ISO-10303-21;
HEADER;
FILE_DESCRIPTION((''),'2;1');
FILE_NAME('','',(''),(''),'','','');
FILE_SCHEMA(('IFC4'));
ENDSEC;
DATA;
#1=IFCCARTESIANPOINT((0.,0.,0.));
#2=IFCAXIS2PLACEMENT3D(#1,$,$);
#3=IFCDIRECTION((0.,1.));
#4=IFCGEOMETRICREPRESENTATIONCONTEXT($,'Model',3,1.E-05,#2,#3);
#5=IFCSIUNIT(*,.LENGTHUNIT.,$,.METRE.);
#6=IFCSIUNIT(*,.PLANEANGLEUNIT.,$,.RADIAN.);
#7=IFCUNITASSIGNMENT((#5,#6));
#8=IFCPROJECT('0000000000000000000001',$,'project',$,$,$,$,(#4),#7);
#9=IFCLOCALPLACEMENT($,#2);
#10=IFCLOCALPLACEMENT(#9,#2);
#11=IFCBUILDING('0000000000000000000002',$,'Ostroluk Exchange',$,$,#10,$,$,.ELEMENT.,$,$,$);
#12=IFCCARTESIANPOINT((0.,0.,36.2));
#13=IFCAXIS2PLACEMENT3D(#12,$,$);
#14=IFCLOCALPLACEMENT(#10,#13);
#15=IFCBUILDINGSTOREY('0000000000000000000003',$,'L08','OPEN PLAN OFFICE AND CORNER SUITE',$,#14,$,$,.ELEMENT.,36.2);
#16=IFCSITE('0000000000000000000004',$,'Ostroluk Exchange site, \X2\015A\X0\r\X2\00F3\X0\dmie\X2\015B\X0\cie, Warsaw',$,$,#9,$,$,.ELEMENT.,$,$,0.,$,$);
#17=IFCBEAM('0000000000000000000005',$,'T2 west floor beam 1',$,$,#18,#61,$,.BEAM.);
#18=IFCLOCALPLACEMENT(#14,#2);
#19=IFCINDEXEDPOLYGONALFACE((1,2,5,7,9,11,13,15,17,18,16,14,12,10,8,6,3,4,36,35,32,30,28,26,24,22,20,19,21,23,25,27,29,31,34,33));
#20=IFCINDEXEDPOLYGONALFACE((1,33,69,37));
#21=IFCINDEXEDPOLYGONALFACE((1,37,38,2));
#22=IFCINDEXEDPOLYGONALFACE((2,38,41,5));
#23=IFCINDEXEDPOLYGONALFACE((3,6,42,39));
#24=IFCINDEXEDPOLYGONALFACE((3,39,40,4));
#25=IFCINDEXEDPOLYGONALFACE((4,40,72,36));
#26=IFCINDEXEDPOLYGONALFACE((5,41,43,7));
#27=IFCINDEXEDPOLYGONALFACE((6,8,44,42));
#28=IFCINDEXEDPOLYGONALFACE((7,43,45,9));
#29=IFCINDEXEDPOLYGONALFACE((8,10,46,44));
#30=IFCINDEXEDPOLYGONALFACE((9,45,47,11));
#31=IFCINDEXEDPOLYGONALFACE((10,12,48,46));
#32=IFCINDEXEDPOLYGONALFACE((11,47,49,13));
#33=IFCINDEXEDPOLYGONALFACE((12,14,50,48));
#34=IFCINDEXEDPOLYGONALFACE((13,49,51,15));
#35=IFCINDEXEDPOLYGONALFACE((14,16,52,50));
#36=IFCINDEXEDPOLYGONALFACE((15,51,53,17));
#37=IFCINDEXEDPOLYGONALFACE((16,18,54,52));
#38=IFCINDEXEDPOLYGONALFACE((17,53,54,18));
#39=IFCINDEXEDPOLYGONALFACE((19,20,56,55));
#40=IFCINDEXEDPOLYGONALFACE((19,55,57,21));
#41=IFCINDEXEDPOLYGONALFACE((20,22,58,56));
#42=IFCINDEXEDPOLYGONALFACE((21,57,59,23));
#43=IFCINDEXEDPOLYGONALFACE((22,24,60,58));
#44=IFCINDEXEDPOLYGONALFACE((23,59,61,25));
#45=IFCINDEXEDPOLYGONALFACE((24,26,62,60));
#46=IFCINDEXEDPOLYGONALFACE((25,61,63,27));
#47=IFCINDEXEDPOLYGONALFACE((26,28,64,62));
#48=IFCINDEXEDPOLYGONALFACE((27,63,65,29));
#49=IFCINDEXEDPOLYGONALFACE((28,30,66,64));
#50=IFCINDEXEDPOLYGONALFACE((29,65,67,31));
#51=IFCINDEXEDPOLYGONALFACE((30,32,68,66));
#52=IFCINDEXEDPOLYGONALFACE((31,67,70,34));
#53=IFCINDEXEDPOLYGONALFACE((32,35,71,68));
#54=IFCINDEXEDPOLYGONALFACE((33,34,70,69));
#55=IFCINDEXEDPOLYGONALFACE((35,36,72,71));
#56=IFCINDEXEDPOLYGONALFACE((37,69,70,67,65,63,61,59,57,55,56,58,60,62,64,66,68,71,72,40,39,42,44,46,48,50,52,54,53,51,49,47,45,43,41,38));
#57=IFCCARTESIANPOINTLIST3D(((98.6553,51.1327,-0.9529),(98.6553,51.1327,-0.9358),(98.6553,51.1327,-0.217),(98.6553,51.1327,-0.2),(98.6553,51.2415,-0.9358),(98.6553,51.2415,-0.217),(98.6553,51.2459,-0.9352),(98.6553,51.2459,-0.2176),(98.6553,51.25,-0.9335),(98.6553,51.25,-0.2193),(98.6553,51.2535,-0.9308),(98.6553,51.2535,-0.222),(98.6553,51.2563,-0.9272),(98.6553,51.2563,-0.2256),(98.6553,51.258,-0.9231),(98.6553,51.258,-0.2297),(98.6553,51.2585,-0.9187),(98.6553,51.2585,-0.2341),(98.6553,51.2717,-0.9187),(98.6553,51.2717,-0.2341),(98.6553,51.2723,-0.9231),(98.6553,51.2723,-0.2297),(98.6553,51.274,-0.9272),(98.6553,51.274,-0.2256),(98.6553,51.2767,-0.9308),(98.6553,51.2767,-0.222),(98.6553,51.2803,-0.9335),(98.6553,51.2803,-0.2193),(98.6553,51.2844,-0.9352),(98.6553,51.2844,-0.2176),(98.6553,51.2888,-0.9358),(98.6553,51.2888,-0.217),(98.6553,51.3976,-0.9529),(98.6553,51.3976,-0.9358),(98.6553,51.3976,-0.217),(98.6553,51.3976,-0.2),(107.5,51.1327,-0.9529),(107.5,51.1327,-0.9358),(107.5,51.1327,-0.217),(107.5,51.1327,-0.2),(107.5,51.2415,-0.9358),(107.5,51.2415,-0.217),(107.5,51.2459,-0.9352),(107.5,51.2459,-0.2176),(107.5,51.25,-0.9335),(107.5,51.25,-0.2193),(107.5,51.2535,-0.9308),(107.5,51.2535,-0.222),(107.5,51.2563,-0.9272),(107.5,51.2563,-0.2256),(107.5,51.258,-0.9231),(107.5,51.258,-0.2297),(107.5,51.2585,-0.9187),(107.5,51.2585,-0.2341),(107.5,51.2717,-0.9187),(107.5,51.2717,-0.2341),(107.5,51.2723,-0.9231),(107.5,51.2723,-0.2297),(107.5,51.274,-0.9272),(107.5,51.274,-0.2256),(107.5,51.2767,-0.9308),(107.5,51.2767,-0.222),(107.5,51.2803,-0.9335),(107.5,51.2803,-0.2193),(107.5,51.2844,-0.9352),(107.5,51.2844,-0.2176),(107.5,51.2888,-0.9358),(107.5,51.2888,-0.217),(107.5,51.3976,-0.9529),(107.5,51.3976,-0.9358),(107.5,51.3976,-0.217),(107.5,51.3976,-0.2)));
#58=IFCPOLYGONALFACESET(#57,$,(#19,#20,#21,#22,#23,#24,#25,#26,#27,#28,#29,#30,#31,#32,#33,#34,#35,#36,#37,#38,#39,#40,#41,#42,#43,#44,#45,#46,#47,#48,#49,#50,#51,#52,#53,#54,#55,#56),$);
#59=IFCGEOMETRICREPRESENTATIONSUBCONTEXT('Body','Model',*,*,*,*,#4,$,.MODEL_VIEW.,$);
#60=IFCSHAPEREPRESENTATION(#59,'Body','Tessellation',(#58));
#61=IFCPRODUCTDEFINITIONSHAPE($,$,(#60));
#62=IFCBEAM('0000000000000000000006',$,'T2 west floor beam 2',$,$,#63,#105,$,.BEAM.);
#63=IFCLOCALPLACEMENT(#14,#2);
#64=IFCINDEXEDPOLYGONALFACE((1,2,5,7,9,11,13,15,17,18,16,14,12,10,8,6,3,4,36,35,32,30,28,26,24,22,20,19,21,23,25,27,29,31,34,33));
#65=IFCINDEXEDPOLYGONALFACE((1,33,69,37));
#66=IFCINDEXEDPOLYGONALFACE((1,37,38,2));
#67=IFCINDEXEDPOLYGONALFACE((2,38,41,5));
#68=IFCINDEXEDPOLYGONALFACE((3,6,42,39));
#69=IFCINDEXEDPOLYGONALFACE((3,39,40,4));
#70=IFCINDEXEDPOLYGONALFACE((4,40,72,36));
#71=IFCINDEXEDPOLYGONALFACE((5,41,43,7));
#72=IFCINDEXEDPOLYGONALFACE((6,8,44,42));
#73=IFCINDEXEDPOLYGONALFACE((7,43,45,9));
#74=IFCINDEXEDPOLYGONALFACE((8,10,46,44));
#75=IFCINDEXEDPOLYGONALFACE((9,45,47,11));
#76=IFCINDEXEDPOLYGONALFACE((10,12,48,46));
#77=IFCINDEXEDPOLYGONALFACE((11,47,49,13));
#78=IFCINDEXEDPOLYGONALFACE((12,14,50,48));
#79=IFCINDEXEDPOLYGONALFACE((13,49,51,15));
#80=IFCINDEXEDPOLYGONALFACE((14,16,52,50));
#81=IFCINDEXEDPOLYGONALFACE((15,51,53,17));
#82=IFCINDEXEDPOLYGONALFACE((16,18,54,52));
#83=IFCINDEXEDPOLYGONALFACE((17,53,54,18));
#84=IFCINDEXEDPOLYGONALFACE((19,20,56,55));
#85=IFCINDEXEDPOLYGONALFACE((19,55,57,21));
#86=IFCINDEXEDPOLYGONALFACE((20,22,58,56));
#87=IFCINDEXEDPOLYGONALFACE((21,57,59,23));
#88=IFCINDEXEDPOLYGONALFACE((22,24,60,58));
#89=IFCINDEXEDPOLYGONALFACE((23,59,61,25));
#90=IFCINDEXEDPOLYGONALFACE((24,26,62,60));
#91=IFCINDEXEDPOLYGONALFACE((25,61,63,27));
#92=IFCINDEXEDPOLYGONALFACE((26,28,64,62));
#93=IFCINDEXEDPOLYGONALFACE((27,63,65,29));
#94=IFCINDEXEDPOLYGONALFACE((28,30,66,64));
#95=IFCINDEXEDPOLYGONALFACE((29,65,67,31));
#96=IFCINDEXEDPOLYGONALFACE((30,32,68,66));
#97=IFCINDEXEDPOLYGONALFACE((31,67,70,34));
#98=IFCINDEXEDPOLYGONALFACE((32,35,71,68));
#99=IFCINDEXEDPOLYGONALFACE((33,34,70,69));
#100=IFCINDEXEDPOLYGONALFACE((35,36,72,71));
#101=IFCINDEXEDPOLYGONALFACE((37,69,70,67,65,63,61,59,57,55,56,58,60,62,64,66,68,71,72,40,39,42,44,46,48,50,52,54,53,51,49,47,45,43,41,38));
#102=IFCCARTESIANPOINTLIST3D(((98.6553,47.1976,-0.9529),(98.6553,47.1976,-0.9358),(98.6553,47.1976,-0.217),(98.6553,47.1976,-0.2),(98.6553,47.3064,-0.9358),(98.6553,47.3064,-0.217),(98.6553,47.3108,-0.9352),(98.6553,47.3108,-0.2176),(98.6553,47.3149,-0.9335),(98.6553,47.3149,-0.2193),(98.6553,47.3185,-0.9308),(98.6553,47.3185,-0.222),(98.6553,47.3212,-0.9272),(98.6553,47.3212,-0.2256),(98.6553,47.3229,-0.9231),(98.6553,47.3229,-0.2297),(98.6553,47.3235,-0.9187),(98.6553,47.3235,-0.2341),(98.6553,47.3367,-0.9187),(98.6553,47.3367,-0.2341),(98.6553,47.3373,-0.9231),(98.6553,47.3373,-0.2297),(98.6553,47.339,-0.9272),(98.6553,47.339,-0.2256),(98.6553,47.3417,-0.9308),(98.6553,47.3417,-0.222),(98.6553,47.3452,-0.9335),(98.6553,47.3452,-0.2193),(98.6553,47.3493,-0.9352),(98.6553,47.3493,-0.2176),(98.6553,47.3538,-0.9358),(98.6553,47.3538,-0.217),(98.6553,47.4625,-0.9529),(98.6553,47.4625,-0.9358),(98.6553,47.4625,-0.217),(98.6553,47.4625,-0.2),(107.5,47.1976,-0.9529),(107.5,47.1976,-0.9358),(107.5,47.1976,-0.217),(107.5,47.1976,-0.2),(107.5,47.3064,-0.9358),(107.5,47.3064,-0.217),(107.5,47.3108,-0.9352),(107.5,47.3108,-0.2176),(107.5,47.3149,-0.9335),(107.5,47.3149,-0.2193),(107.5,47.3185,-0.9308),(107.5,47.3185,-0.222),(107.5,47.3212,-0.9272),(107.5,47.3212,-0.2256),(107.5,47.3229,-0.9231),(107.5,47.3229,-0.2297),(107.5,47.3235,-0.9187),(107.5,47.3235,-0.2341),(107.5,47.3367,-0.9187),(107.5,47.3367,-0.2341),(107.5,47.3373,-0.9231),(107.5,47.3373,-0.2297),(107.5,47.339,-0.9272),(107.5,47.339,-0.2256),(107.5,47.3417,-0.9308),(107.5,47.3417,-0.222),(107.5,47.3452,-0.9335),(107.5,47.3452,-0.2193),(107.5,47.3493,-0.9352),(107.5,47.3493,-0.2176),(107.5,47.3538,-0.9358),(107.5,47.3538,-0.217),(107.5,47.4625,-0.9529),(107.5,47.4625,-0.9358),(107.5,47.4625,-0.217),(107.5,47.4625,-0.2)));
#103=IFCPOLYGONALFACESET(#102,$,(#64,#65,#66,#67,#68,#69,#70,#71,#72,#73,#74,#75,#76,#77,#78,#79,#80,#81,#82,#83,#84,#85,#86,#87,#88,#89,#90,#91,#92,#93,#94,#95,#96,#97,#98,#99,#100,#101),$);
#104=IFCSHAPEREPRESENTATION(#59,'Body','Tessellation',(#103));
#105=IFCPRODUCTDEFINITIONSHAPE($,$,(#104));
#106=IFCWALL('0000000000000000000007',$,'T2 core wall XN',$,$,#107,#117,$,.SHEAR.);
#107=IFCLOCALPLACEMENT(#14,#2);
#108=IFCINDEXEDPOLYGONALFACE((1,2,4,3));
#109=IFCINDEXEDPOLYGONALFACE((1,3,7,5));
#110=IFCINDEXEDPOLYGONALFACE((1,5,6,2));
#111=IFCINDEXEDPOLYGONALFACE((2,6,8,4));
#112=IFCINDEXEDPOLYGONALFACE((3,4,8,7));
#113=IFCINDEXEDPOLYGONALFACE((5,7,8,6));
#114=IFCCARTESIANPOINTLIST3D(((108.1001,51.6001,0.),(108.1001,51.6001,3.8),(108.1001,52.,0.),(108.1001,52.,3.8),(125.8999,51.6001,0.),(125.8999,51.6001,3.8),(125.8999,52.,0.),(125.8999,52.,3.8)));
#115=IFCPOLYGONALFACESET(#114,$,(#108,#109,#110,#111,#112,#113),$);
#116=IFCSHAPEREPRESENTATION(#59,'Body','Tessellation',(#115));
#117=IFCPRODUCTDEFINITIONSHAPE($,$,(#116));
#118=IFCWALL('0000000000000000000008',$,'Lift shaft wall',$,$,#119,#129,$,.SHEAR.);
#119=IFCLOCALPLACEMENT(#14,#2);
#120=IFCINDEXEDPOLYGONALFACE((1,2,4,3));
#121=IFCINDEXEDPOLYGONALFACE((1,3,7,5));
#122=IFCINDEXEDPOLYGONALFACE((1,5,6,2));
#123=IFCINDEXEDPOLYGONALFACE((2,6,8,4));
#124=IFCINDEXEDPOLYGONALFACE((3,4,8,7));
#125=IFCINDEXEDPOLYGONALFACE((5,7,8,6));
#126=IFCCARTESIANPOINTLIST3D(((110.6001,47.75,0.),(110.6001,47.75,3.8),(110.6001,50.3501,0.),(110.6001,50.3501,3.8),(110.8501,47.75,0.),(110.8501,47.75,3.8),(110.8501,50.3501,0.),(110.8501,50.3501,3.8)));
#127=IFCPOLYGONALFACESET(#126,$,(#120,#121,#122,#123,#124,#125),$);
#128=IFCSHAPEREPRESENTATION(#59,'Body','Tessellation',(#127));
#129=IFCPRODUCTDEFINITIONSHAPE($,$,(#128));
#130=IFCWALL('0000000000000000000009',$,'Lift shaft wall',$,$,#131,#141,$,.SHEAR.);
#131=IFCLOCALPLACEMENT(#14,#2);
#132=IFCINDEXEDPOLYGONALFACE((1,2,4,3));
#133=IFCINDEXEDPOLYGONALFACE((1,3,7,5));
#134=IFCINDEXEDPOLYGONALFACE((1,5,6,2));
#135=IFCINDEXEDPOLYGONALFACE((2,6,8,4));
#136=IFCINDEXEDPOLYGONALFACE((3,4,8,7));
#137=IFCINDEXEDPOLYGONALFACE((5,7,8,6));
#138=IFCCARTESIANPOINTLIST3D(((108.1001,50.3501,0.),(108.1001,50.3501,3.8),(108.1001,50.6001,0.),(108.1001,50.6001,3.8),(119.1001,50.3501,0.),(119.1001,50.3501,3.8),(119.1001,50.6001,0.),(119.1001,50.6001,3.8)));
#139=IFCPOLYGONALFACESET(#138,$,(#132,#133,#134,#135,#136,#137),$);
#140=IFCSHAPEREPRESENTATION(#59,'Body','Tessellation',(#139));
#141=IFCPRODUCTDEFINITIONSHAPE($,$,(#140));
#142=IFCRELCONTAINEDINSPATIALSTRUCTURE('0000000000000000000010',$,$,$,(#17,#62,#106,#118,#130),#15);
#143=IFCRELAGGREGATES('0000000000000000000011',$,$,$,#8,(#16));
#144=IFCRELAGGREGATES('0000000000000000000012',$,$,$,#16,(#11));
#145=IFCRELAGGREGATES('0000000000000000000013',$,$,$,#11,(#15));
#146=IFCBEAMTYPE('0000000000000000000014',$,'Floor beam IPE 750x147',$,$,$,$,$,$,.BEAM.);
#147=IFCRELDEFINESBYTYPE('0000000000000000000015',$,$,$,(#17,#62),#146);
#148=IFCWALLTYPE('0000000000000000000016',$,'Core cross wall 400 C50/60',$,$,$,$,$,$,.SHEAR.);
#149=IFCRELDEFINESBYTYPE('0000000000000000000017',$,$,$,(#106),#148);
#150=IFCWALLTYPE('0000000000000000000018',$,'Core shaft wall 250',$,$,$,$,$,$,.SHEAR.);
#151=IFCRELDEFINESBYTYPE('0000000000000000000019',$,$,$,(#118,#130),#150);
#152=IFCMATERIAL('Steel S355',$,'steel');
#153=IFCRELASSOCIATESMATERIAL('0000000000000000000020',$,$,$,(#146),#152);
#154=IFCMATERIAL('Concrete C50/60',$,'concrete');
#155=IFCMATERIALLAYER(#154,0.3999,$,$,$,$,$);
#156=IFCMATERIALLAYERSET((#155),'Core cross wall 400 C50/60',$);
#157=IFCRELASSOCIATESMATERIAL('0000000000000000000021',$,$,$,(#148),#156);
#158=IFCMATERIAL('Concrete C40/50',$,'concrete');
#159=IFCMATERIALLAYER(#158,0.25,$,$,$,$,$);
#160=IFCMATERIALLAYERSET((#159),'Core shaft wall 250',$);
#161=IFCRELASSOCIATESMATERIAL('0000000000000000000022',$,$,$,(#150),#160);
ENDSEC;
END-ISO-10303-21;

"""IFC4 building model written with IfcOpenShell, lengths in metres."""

from ifc_helpers import new_model, si_unit, direction, frame, frame_2d, origin, origin_2d, place, context, subcontext, project, spatial, rectangle, i_section, extrude, material, layer, layer_set, material_profile, profile_set, type_object, element, save


model = new_model("IFC4")

# Units and contexts
model_context = context("Model", 3, precision=1e-05, world=origin(), true_north=direction((0.0, 1.0)))
body_context = subcontext(model_context, "Body", "Model", "MODEL_VIEW")
ifc_project = project(units=[si_unit("LENGTHUNIT", "METRE"), si_unit("PLANEANGLEUNIT", "RADIAN")], contexts=[model_context])

# Site, building, storey
site_placement = place(None, origin())
site = spatial("IfcSite", under=ifc_project, at=site_placement, Name="Ostroluk Exchange site, Śródmieście, Warsaw", CompositionType="ELEMENT", RefElevation=0.0)
building_placement = place(site_placement, origin())
building = spatial("IfcBuilding", under=site, at=building_placement, Name="Ostroluk Exchange", CompositionType="ELEMENT")
storey_placement = place(building_placement, frame((0.0, 0.0, 36.2)))
storey = spatial("IfcBuildingStorey", under=building, at=storey_placement, Name="L08", Description="OPEN PLAN OFFICE AND CORNER SUITE", CompositionType="ELEMENT", Elevation=36.2)

# Beams
ifc_material_1 = material(Name="Steel S355", Category="steel")
ifc_material_profile = material_profile(ifc_material_1, i_section(OverallWidth=0.2649, OverallDepth=0.7529, WebThickness=0.0132, FlangeThickness=0.0171, FilletRadius=0.0171, at=origin_2d()), Name="IPE 750x147")
ifc_profile_set = profile_set([ifc_material_profile], Name="Steel S355")
beam_type = type_object("IfcBeamType", Name="Floor beam IPE 750x147", PredefinedType="BEAM", material=ifc_profile_set)
for number, where, z_axis, x_axis, name in (
    (1, (107.5, 51.2651, -0.5764), (-1.0, 0.0, 0.0), (0.0, -1.0, 0.0), "T2 west floor beam 1"),
    (2, (107.5, 47.3301, -0.5764), (-1.0, 0.0, 0.0), (0.0, -1.0, 0.0), "T2 west floor beam 2"),
):
    element("IfcBeam", number, at=place(storey_placement, frame(where, z_axis=z_axis, x_axis=x_axis)), inside=storey, type_object=beam_type, Name=name, PredefinedType="BEAM", context=body_context, shape_type="SweptSolid", body=[
        extrude(i_section(OverallWidth=0.2649, OverallDepth=0.7529, WebThickness=0.0132, FlangeThickness=0.0171, FilletRadius=0.0171, at=origin_2d()), origin(), (0.0, 0.0, 1.0), 8.8447),
    ])

# Walls
ifc_material_2 = material(Name="Concrete C50/60", Category="concrete")
ifc_layer_1 = layer(ifc_material_2, 0.3999)
ifc_layer_set_1 = layer_set([ifc_layer_1], Name="Core cross wall 400 C50/60")
wall_type_1 = type_object("IfcWallType", Name="Core cross wall 400 C50/60", PredefinedType="SHEAR", material=ifc_layer_set_1)
wall_1_placement = place(storey_placement, frame((108.1001, 51.8, 0.0), z_axis=(0.0, 0.0, 1.0), x_axis=(1.0, 0.0, 0.0)))
element("IfcWall", 3, at=wall_1_placement, inside=storey, type_object=wall_type_1, Name="T2 core wall XN", PredefinedType="SHEAR", context=body_context, shape_type="SweptSolid", body=[
    extrude(rectangle(XDim=17.7998, YDim=0.3999, at=frame_2d((8.8999, 0.0))), origin(), (0.0, 0.0, 1.0), 3.8),
])
ifc_material_3 = material(Name="Concrete C40/50", Category="concrete")
ifc_layer_2 = layer(ifc_material_3, 0.25)
ifc_layer_set_2 = layer_set([ifc_layer_2], Name="Core shaft wall 250")
wall_type_2 = type_object("IfcWallType", Name="Core shaft wall 250", PredefinedType="SHEAR", material=ifc_layer_set_2)
wall_2_placement = place(storey_placement, frame((110.7251, 47.75, 0.0), z_axis=(0.0, 0.0, 1.0), x_axis=(0.0, 1.0, 0.0)))
element("IfcWall", 4, at=wall_2_placement, inside=storey, type_object=wall_type_2, Name="Lift shaft wall", PredefinedType="SHEAR", context=body_context, shape_type="SweptSolid", body=[
    extrude(rectangle(XDim=2.6001, YDim=0.25, at=frame_2d((1.3, 0.0))), origin(), (0.0, 0.0, 1.0), 3.8),
])
wall_3_placement = place(storey_placement, frame((108.1001, 50.4751, 0.0), z_axis=(0.0, 0.0, 1.0), x_axis=(1.0, 0.0, 0.0)))
element("IfcWall", 5, at=wall_3_placement, inside=storey, type_object=wall_type_2, Name="Lift shaft wall", PredefinedType="SHEAR", context=body_context, shape_type="SweptSolid", body=[
    extrude(rectangle(XDim=11.0, YDim=0.25, at=frame_2d((5.5, 0.0))), origin(), (0.0, 0.0, 1.0), 3.8),
])

save(model, "model.ifc")
